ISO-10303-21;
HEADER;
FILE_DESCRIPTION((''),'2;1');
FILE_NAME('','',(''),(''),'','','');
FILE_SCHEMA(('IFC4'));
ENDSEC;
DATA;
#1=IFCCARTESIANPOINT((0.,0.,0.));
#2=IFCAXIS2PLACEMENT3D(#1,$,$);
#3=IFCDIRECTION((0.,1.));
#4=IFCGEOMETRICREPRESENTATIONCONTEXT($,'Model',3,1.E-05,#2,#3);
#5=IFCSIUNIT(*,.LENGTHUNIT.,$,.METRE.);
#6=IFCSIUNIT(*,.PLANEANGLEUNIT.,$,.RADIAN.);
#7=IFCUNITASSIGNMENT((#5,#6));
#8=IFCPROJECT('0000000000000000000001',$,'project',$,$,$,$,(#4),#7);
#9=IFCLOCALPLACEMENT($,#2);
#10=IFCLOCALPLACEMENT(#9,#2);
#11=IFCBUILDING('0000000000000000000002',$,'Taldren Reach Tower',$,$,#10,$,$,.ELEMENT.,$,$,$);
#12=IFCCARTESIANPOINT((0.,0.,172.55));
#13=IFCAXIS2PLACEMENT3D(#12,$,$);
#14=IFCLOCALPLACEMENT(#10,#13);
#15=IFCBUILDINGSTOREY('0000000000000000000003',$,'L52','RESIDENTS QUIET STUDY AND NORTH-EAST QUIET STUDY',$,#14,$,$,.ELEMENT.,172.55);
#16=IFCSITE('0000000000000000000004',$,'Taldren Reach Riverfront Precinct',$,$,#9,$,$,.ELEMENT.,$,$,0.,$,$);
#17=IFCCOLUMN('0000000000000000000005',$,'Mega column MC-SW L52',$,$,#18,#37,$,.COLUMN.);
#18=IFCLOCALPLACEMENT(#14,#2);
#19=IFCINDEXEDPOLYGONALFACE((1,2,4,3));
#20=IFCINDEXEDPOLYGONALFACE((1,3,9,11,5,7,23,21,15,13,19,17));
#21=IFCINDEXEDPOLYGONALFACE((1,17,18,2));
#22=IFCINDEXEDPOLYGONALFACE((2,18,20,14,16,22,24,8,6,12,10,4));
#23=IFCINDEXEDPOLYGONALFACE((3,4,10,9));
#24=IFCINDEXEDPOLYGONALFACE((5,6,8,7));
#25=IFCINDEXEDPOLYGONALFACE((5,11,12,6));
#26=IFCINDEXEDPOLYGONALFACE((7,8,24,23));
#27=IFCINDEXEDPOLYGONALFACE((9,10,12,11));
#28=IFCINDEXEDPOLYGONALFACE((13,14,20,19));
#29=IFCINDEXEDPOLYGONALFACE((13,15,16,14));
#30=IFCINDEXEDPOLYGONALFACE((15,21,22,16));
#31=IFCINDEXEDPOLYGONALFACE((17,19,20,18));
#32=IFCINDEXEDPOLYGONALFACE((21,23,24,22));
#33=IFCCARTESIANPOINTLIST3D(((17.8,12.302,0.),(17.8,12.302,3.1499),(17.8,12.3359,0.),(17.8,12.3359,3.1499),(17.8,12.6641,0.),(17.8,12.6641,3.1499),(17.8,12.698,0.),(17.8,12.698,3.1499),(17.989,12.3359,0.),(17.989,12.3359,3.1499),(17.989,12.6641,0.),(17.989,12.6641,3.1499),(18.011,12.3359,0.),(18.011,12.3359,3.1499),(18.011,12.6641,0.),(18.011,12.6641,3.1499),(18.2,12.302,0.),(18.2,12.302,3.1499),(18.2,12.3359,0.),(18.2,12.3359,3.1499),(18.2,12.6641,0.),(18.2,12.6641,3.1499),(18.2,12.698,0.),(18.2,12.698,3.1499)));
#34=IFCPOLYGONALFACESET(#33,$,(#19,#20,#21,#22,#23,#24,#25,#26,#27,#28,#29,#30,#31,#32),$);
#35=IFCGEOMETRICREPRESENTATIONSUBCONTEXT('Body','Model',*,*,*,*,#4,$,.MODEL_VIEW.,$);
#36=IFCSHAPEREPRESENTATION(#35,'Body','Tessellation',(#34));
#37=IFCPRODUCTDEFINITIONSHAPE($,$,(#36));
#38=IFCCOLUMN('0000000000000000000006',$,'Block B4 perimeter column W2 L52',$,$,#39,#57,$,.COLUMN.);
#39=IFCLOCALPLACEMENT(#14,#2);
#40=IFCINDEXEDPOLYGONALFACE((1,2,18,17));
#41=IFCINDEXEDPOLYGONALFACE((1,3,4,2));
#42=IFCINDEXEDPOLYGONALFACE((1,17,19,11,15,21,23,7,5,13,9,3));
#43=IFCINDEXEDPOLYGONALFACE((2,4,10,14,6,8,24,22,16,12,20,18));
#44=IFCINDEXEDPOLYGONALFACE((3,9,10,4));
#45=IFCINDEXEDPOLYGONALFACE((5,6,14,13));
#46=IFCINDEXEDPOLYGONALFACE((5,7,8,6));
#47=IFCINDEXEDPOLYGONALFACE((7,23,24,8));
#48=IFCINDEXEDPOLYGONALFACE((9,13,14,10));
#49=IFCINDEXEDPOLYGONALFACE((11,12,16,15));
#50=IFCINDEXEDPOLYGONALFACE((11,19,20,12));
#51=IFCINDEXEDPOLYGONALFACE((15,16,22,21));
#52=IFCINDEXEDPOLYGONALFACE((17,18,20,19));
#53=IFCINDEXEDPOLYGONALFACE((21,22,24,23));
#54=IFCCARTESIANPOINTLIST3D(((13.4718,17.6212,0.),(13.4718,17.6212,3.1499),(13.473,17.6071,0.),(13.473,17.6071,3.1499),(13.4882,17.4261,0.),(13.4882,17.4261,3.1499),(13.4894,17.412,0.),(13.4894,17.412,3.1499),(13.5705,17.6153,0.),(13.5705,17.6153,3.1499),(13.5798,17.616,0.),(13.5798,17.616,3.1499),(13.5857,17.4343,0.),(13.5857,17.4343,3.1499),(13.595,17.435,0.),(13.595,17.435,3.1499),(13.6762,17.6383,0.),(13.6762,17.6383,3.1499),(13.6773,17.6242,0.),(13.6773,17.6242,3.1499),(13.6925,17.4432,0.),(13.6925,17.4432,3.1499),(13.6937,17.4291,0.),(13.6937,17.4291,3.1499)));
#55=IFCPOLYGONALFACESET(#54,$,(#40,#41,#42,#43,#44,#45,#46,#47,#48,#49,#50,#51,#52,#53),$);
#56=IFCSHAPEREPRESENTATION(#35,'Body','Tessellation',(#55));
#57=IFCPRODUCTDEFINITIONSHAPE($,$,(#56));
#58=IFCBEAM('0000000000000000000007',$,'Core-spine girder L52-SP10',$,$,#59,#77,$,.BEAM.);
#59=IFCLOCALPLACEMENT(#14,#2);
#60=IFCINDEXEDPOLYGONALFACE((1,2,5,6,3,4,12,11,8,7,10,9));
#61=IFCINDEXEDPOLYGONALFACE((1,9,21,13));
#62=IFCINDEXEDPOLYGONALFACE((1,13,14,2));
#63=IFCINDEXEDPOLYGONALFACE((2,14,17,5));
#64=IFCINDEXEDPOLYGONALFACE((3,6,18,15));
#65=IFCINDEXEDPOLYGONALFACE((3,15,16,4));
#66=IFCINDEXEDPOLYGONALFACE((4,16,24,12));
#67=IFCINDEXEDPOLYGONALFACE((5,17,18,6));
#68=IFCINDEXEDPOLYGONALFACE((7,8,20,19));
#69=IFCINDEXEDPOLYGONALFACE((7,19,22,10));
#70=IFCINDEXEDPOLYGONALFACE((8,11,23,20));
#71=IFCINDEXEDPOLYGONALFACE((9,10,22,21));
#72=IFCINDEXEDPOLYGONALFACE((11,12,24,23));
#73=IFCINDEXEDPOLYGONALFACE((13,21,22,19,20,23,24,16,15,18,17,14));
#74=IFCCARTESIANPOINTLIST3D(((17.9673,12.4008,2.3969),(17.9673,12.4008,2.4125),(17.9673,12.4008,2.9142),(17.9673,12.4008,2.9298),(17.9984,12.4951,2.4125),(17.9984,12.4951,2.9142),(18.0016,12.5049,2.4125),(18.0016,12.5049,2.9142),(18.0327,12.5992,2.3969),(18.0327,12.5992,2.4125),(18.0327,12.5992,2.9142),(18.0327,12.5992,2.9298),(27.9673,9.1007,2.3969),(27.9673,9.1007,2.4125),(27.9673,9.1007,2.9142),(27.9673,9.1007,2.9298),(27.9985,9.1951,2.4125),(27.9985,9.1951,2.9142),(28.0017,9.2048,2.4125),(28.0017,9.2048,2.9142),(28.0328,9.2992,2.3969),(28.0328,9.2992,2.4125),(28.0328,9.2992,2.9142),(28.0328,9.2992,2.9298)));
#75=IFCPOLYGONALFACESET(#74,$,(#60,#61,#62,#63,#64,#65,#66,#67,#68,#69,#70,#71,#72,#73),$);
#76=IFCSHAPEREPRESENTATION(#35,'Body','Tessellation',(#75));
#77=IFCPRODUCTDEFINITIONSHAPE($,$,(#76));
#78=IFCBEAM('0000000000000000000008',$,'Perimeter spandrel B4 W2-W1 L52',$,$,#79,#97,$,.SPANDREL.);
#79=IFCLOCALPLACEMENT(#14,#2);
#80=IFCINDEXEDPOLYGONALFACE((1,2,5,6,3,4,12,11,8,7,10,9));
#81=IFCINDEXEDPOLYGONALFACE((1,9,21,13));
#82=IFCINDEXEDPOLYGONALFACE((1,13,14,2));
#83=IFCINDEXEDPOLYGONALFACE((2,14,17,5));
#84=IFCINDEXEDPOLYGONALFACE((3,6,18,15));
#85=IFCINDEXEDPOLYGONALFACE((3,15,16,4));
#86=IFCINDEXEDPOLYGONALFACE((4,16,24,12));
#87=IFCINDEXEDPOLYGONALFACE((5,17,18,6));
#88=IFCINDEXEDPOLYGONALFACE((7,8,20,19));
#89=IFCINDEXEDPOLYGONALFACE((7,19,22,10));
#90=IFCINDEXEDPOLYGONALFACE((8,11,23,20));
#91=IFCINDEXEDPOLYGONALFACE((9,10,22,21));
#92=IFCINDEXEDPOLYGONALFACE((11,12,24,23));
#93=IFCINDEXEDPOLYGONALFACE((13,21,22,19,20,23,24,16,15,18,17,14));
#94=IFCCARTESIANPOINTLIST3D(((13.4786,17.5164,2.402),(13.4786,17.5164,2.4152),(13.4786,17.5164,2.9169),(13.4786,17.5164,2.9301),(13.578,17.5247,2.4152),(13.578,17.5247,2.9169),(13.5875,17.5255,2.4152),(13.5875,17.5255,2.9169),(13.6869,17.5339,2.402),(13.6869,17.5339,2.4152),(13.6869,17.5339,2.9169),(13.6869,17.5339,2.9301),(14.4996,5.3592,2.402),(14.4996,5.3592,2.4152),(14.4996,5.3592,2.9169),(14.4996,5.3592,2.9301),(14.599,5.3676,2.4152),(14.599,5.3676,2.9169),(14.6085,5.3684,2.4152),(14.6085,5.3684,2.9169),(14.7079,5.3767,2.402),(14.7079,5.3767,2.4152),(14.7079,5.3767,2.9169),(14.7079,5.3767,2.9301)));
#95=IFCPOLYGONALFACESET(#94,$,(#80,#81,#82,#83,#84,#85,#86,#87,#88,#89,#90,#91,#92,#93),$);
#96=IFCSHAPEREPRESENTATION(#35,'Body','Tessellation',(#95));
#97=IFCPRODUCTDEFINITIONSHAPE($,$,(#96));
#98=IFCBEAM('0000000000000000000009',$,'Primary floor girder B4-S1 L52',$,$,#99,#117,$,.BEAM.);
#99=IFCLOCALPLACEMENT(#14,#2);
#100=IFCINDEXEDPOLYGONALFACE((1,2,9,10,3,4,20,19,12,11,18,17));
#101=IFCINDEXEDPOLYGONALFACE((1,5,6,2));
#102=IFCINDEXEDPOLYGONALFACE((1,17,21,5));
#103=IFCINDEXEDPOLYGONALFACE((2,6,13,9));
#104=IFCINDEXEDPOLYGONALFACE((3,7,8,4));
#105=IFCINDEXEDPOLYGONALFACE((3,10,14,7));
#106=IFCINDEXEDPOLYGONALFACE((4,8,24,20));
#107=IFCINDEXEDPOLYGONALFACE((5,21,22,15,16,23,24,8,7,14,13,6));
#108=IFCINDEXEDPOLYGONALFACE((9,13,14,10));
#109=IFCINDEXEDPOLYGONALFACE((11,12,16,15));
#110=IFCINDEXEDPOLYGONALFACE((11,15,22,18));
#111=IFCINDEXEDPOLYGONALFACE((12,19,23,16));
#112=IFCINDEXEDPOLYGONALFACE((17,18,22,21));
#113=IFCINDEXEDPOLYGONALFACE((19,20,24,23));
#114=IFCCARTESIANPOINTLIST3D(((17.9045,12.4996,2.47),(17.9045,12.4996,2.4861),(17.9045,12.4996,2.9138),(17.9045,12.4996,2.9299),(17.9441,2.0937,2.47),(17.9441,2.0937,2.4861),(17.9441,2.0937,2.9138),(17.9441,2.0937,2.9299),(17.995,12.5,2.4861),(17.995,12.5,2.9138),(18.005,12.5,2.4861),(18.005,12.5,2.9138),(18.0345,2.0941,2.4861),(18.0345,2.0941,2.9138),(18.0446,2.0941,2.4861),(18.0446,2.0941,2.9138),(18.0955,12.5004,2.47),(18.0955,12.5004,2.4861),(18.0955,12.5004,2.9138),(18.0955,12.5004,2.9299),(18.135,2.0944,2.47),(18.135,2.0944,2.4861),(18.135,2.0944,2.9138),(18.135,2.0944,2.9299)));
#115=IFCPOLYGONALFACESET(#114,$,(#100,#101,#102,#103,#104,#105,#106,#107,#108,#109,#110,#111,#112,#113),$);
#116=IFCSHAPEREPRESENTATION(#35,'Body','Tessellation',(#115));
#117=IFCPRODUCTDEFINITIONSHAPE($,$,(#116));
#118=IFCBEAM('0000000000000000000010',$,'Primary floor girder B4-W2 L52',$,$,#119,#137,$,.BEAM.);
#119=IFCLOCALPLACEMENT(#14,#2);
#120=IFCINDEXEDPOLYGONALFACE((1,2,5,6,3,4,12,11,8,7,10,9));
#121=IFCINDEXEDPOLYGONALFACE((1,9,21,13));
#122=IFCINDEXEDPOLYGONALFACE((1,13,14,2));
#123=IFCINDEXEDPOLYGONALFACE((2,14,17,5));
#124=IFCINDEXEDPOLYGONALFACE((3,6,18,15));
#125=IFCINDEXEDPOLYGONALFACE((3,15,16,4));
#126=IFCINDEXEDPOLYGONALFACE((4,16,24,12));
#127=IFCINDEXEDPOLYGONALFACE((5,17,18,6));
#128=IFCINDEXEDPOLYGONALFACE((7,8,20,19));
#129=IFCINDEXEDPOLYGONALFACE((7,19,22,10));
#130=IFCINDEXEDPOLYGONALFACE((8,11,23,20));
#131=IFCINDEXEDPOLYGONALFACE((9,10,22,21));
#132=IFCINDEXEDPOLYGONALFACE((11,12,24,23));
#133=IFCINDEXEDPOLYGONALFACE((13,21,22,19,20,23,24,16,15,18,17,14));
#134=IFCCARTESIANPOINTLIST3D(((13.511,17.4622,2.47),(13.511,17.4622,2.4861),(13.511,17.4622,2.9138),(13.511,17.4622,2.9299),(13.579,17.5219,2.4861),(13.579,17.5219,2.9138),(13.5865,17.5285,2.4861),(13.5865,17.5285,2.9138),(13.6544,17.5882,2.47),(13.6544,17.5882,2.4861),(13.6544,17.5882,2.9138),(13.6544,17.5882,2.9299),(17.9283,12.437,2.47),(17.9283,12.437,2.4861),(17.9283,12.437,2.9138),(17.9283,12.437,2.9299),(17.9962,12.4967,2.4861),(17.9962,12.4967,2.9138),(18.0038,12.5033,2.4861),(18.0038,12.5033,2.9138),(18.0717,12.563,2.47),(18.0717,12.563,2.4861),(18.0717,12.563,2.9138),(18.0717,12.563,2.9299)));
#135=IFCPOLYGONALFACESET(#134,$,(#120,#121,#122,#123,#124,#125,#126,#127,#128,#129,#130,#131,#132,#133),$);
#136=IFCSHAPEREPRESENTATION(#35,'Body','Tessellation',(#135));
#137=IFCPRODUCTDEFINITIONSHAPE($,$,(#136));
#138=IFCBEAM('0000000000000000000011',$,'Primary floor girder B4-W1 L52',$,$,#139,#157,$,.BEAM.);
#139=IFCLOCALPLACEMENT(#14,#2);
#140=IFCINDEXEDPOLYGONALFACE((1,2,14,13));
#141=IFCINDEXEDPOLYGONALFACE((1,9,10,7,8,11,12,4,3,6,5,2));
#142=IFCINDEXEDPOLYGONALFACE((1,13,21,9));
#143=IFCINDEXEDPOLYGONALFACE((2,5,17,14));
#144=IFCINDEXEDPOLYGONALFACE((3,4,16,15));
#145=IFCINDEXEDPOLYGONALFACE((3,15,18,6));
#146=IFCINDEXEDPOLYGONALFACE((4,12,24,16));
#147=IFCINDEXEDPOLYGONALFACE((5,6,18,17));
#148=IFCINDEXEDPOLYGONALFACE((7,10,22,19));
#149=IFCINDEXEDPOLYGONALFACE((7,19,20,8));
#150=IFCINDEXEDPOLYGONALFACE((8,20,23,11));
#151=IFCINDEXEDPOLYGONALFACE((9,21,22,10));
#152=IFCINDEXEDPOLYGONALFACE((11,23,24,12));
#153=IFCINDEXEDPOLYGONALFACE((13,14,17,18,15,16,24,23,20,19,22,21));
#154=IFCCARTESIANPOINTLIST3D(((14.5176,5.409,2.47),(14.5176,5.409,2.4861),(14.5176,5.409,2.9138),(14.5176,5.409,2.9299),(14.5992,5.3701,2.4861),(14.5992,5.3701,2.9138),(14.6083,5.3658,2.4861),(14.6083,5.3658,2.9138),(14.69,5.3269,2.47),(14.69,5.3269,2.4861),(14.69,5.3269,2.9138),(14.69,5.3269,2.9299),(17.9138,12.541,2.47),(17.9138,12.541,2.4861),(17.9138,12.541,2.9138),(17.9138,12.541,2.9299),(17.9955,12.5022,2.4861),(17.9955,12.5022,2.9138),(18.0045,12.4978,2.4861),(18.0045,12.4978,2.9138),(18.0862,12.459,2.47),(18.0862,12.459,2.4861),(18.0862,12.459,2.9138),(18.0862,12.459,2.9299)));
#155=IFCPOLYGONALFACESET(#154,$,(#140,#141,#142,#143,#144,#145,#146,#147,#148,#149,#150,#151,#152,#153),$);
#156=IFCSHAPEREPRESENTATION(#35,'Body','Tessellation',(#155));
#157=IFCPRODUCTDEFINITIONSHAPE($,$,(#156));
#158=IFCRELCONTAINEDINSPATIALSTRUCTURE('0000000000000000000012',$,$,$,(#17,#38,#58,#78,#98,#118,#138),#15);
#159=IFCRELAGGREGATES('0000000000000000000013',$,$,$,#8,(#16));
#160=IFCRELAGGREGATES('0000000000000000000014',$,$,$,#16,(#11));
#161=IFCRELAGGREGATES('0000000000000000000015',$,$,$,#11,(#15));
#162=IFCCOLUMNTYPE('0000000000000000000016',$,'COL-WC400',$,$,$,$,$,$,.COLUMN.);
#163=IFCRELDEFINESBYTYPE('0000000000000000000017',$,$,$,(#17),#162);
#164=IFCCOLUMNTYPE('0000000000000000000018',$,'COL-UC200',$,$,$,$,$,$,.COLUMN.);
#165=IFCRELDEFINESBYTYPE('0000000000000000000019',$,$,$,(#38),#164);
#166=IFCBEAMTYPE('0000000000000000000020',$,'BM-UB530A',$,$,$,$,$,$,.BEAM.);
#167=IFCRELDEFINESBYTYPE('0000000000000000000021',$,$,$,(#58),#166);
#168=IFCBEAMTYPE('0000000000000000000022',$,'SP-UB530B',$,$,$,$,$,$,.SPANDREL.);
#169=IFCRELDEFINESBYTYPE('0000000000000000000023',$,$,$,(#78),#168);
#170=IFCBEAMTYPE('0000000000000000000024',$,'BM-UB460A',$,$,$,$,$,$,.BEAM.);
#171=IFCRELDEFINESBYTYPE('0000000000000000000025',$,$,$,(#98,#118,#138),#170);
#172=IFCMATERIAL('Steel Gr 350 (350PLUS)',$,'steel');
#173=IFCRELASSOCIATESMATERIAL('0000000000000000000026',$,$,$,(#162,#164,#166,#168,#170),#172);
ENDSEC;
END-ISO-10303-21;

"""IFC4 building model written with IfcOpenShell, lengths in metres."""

from ifc_helpers import new_model, si_unit, direction, frame, origin, origin_2d, place, context, subcontext, project, spatial, i_section, extrude, source, transform, mapped, material, material_profile, profile_set, type_object, element, save


model = new_model("IFC4")

# Units and contexts
model_context = context("Model", 3, precision=1e-05, world=origin(), true_north=direction((0.0, 1.0)))
body_context = subcontext(model_context, "Body", "Model", "MODEL_VIEW")
ifc_project = project(units=[si_unit("LENGTHUNIT", "METRE"), si_unit("PLANEANGLEUNIT", "RADIAN")], contexts=[model_context])

# Site, building, storey
site_placement = place(None, origin())
site = spatial("IfcSite", under=ifc_project, at=site_placement, Name="Taldren Reach Riverfront Precinct", CompositionType="ELEMENT", RefElevation=0.0)
building_placement = place(site_placement, origin())
building = spatial("IfcBuilding", under=site, at=building_placement, Name="Taldren Reach Tower", CompositionType="ELEMENT")
storey_placement = place(building_placement, frame((0.0, 0.0, 172.55)))
storey = spatial("IfcBuildingStorey", under=building, at=storey_placement, Name="L52", Description="RESIDENTS QUIET STUDY AND NORTH-EAST QUIET STUDY", CompositionType="ELEMENT", Elevation=172.55)

# Columns
ifc_material_1 = material(Name="Steel Gr 350 (350PLUS)", Category="steel")
ifc_material_profile_1 = material_profile(ifc_material_1, i_section(OverallWidth=0.3999, OverallDepth=0.396, WebThickness=0.022, FlangeThickness=0.0339, at=origin_2d()), Name="400WC270")
ifc_profile_set_1 = profile_set([ifc_material_profile_1], Name="Steel Gr 350 (350PLUS)")
column_type_1 = type_object("IfcColumnType", Name="COL-WC400", PredefinedType="COLUMN", material=ifc_profile_set_1)
shared_shape_1 = source(origin(), body_context, "Body", "SweptSolid", [
    extrude(i_section(OverallWidth=0.3999, OverallDepth=0.396, WebThickness=0.022, FlangeThickness=0.0339, at=origin_2d()), origin(), (0.0, 0.0, 1.0), 3.1499),
])
column_1_placement = place(storey_placement, frame((18.0, 12.5, 0.0), z_axis=(0.0, 0.0, 1.0), x_axis=(1.0, 0.0, 0.0)))
element("IfcColumn", 1, at=column_1_placement, inside=storey, type_object=column_type_1, Name="Mega column MC-SW L52", PredefinedType="COLUMN", context=body_context, shape_type="MappedRepresentation", body=[
    mapped(shared_shape_1, transform((0.0, 0.0, 0.0), scale=1.0)),
])
ifc_material_profile_2 = material_profile(ifc_material_1, i_section(OverallWidth=0.2051, OverallDepth=0.21, WebThickness=0.0093, FlangeThickness=0.0142, at=origin_2d()), Name="200UC59.5")
ifc_profile_set_2 = profile_set([ifc_material_profile_2], Name="Steel Gr 350 (350PLUS)")
column_type_2 = type_object("IfcColumnType", Name="COL-UC200", PredefinedType="COLUMN", material=ifc_profile_set_2)
shared_shape_2 = source(origin(), body_context, "Body", "SweptSolid", [
    extrude(i_section(OverallWidth=0.2051, OverallDepth=0.21, WebThickness=0.0093, FlangeThickness=0.0142, at=origin_2d()), origin(), (0.0, 0.0, 1.0), 3.1499),
])
column_2_placement = place(storey_placement, frame((13.5828, 17.5251, 0.0), z_axis=(0.0, 0.0, 1.0), x_axis=(0.996493, 0.083678, 0.0)))
element("IfcColumn", 2, at=column_2_placement, inside=storey, type_object=column_type_2, Name="Block B4 perimeter column W2 L52", PredefinedType="COLUMN", context=body_context, shape_type="MappedRepresentation", body=[
    mapped(shared_shape_2, transform((0.0, 0.0, 0.0), scale=1.0)),
])

# Beams
ifc_material_profile_3 = material_profile(ifc_material_1, i_section(OverallWidth=0.209, OverallDepth=0.533, WebThickness=0.0103, FlangeThickness=0.0156, at=origin_2d()), Name="530UB92.4")
ifc_profile_set_3 = profile_set([ifc_material_profile_3], Name="Steel Gr 350 (350PLUS)")
beam_type_1 = type_object("IfcBeamType", Name="BM-UB530A", PredefinedType="BEAM", material=ifc_profile_set_3)
shared_shape_3 = source(origin(), body_context, "Body", "SweptSolid", [
    extrude(i_section(OverallWidth=0.209, OverallDepth=0.533, WebThickness=0.0103, FlangeThickness=0.0156, at=origin_2d()), origin(), (0.0, 0.0, 1.0), 10.5305),
])
beam_1_placement = place(storey_placement, frame((18.0, 12.5, 2.6633), z_axis=(0.949627, -0.313382, 0.0), x_axis=(0.313382, 0.949627, 0.0)))
element("IfcBeam", 3, at=beam_1_placement, inside=storey, type_object=beam_type_1, Name="Core-spine girder L52-SP10", PredefinedType="BEAM", context=body_context, shape_type="MappedRepresentation", body=[
    mapped(shared_shape_3, transform((0.0, 0.0, 0.0), scale=1.0)),
])
ifc_material_profile_4 = material_profile(ifc_material_1, i_section(OverallWidth=0.209, OverallDepth=0.5281, WebThickness=0.0095, FlangeThickness=0.0132, at=origin_2d()), Name="530UB82.0")
ifc_profile_set_4 = profile_set([ifc_material_profile_4], Name="Steel Gr 350 (350PLUS)")
beam_type_2 = type_object("IfcBeamType", Name="SP-UB530B", PredefinedType="SPANDREL", material=ifc_profile_set_4)
shared_shape_4 = source(origin(), body_context, "Body", "SweptSolid", [
    extrude(i_section(OverallWidth=0.209, OverallDepth=0.5281, WebThickness=0.0095, FlangeThickness=0.0132, at=origin_2d()), origin(), (0.0, 0.0, 1.0), 12.2),
])
beam_2_placement = place(storey_placement, frame((13.5828, 17.5251, 2.666), z_axis=(0.083688, -0.996492, 0.0), x_axis=(0.996492, 0.083688, 0.0)))
element("IfcBeam", 4, at=beam_2_placement, inside=storey, type_object=beam_type_2, Name="Perimeter spandrel B4 W2-W1 L52", PredefinedType="SPANDREL", context=body_context, shape_type="MappedRepresentation", body=[
    mapped(shared_shape_4, transform((0.0, 0.0, 0.0), scale=1.0)),
])
ifc_material_profile_5 = material_profile(ifc_material_1, i_section(OverallWidth=0.1909, OverallDepth=0.46, WebThickness=0.01, FlangeThickness=0.0161, at=origin_2d()), Name="460UB82.1")
ifc_profile_set_5 = profile_set([ifc_material_profile_5], Name="Steel Gr 350 (350PLUS)")
beam_type_3 = type_object("IfcBeamType", Name="BM-UB460A", PredefinedType="BEAM", material=ifc_profile_set_5)
shared_shape_5 = source(origin(), body_context, "Body", "SweptSolid", [
    extrude(i_section(OverallWidth=0.1909, OverallDepth=0.46, WebThickness=0.01, FlangeThickness=0.0161, at=origin_2d()), origin(), (0.0, 0.0, 1.0), 10.406),
])
beam_3_placement = place(storey_placement, frame((18.0, 12.5, 2.7), z_axis=(0.003801, -0.999993, 0.0), x_axis=(0.999993, 0.003801, 0.0)))
element("IfcBeam", 5, at=beam_3_placement, inside=storey, type_object=beam_type_3, Name="Primary floor girder B4-S1 L52", PredefinedType="BEAM", context=body_context, shape_type="MappedRepresentation", body=[
    mapped(shared_shape_5, transform((0.0, 0.0, 0.0), scale=1.0)),
])
shared_shape_6 = source(origin(), body_context, "Body", "SweptSolid", [
    extrude(i_section(OverallWidth=0.1909, OverallDepth=0.46, WebThickness=0.01, FlangeThickness=0.0161, at=origin_2d()), origin(), (0.0, 0.0, 1.0), 6.6907),
])
beam_4_placement = place(storey_placement, frame((18.0, 12.5, 2.7), z_axis=(-0.660216, 0.751076, 0.0), x_axis=(-0.751076, -0.660216, 0.0)))
element("IfcBeam", 6, at=beam_4_placement, inside=storey, type_object=beam_type_3, Name="Primary floor girder B4-W2 L52", PredefinedType="BEAM", context=body_context, shape_type="MappedRepresentation", body=[
    mapped(shared_shape_6, transform((0.0, 0.0, 0.0), scale=1.0)),
])
shared_shape_7 = source(origin(), body_context, "Body", "SweptSolid", [
    extrude(i_section(OverallWidth=0.1909, OverallDepth=0.46, WebThickness=0.01, FlangeThickness=0.0161, at=origin_2d()), origin(), (0.0, 0.0, 1.0), 7.8994),
])
beam_5_placement = place(storey_placement, frame((18.0, 12.5, 2.7), z_axis=(-0.429935, -0.90286, 0.0), x_axis=(0.90286, -0.429935, 0.0)))
element("IfcBeam", 7, at=beam_5_placement, inside=storey, type_object=beam_type_3, Name="Primary floor girder B4-W1 L52", PredefinedType="BEAM", context=body_context, shape_type="MappedRepresentation", body=[
    mapped(shared_shape_7, transform((0.0, 0.0, 0.0), scale=1.0)),
])

save(model, "model.ifc")
